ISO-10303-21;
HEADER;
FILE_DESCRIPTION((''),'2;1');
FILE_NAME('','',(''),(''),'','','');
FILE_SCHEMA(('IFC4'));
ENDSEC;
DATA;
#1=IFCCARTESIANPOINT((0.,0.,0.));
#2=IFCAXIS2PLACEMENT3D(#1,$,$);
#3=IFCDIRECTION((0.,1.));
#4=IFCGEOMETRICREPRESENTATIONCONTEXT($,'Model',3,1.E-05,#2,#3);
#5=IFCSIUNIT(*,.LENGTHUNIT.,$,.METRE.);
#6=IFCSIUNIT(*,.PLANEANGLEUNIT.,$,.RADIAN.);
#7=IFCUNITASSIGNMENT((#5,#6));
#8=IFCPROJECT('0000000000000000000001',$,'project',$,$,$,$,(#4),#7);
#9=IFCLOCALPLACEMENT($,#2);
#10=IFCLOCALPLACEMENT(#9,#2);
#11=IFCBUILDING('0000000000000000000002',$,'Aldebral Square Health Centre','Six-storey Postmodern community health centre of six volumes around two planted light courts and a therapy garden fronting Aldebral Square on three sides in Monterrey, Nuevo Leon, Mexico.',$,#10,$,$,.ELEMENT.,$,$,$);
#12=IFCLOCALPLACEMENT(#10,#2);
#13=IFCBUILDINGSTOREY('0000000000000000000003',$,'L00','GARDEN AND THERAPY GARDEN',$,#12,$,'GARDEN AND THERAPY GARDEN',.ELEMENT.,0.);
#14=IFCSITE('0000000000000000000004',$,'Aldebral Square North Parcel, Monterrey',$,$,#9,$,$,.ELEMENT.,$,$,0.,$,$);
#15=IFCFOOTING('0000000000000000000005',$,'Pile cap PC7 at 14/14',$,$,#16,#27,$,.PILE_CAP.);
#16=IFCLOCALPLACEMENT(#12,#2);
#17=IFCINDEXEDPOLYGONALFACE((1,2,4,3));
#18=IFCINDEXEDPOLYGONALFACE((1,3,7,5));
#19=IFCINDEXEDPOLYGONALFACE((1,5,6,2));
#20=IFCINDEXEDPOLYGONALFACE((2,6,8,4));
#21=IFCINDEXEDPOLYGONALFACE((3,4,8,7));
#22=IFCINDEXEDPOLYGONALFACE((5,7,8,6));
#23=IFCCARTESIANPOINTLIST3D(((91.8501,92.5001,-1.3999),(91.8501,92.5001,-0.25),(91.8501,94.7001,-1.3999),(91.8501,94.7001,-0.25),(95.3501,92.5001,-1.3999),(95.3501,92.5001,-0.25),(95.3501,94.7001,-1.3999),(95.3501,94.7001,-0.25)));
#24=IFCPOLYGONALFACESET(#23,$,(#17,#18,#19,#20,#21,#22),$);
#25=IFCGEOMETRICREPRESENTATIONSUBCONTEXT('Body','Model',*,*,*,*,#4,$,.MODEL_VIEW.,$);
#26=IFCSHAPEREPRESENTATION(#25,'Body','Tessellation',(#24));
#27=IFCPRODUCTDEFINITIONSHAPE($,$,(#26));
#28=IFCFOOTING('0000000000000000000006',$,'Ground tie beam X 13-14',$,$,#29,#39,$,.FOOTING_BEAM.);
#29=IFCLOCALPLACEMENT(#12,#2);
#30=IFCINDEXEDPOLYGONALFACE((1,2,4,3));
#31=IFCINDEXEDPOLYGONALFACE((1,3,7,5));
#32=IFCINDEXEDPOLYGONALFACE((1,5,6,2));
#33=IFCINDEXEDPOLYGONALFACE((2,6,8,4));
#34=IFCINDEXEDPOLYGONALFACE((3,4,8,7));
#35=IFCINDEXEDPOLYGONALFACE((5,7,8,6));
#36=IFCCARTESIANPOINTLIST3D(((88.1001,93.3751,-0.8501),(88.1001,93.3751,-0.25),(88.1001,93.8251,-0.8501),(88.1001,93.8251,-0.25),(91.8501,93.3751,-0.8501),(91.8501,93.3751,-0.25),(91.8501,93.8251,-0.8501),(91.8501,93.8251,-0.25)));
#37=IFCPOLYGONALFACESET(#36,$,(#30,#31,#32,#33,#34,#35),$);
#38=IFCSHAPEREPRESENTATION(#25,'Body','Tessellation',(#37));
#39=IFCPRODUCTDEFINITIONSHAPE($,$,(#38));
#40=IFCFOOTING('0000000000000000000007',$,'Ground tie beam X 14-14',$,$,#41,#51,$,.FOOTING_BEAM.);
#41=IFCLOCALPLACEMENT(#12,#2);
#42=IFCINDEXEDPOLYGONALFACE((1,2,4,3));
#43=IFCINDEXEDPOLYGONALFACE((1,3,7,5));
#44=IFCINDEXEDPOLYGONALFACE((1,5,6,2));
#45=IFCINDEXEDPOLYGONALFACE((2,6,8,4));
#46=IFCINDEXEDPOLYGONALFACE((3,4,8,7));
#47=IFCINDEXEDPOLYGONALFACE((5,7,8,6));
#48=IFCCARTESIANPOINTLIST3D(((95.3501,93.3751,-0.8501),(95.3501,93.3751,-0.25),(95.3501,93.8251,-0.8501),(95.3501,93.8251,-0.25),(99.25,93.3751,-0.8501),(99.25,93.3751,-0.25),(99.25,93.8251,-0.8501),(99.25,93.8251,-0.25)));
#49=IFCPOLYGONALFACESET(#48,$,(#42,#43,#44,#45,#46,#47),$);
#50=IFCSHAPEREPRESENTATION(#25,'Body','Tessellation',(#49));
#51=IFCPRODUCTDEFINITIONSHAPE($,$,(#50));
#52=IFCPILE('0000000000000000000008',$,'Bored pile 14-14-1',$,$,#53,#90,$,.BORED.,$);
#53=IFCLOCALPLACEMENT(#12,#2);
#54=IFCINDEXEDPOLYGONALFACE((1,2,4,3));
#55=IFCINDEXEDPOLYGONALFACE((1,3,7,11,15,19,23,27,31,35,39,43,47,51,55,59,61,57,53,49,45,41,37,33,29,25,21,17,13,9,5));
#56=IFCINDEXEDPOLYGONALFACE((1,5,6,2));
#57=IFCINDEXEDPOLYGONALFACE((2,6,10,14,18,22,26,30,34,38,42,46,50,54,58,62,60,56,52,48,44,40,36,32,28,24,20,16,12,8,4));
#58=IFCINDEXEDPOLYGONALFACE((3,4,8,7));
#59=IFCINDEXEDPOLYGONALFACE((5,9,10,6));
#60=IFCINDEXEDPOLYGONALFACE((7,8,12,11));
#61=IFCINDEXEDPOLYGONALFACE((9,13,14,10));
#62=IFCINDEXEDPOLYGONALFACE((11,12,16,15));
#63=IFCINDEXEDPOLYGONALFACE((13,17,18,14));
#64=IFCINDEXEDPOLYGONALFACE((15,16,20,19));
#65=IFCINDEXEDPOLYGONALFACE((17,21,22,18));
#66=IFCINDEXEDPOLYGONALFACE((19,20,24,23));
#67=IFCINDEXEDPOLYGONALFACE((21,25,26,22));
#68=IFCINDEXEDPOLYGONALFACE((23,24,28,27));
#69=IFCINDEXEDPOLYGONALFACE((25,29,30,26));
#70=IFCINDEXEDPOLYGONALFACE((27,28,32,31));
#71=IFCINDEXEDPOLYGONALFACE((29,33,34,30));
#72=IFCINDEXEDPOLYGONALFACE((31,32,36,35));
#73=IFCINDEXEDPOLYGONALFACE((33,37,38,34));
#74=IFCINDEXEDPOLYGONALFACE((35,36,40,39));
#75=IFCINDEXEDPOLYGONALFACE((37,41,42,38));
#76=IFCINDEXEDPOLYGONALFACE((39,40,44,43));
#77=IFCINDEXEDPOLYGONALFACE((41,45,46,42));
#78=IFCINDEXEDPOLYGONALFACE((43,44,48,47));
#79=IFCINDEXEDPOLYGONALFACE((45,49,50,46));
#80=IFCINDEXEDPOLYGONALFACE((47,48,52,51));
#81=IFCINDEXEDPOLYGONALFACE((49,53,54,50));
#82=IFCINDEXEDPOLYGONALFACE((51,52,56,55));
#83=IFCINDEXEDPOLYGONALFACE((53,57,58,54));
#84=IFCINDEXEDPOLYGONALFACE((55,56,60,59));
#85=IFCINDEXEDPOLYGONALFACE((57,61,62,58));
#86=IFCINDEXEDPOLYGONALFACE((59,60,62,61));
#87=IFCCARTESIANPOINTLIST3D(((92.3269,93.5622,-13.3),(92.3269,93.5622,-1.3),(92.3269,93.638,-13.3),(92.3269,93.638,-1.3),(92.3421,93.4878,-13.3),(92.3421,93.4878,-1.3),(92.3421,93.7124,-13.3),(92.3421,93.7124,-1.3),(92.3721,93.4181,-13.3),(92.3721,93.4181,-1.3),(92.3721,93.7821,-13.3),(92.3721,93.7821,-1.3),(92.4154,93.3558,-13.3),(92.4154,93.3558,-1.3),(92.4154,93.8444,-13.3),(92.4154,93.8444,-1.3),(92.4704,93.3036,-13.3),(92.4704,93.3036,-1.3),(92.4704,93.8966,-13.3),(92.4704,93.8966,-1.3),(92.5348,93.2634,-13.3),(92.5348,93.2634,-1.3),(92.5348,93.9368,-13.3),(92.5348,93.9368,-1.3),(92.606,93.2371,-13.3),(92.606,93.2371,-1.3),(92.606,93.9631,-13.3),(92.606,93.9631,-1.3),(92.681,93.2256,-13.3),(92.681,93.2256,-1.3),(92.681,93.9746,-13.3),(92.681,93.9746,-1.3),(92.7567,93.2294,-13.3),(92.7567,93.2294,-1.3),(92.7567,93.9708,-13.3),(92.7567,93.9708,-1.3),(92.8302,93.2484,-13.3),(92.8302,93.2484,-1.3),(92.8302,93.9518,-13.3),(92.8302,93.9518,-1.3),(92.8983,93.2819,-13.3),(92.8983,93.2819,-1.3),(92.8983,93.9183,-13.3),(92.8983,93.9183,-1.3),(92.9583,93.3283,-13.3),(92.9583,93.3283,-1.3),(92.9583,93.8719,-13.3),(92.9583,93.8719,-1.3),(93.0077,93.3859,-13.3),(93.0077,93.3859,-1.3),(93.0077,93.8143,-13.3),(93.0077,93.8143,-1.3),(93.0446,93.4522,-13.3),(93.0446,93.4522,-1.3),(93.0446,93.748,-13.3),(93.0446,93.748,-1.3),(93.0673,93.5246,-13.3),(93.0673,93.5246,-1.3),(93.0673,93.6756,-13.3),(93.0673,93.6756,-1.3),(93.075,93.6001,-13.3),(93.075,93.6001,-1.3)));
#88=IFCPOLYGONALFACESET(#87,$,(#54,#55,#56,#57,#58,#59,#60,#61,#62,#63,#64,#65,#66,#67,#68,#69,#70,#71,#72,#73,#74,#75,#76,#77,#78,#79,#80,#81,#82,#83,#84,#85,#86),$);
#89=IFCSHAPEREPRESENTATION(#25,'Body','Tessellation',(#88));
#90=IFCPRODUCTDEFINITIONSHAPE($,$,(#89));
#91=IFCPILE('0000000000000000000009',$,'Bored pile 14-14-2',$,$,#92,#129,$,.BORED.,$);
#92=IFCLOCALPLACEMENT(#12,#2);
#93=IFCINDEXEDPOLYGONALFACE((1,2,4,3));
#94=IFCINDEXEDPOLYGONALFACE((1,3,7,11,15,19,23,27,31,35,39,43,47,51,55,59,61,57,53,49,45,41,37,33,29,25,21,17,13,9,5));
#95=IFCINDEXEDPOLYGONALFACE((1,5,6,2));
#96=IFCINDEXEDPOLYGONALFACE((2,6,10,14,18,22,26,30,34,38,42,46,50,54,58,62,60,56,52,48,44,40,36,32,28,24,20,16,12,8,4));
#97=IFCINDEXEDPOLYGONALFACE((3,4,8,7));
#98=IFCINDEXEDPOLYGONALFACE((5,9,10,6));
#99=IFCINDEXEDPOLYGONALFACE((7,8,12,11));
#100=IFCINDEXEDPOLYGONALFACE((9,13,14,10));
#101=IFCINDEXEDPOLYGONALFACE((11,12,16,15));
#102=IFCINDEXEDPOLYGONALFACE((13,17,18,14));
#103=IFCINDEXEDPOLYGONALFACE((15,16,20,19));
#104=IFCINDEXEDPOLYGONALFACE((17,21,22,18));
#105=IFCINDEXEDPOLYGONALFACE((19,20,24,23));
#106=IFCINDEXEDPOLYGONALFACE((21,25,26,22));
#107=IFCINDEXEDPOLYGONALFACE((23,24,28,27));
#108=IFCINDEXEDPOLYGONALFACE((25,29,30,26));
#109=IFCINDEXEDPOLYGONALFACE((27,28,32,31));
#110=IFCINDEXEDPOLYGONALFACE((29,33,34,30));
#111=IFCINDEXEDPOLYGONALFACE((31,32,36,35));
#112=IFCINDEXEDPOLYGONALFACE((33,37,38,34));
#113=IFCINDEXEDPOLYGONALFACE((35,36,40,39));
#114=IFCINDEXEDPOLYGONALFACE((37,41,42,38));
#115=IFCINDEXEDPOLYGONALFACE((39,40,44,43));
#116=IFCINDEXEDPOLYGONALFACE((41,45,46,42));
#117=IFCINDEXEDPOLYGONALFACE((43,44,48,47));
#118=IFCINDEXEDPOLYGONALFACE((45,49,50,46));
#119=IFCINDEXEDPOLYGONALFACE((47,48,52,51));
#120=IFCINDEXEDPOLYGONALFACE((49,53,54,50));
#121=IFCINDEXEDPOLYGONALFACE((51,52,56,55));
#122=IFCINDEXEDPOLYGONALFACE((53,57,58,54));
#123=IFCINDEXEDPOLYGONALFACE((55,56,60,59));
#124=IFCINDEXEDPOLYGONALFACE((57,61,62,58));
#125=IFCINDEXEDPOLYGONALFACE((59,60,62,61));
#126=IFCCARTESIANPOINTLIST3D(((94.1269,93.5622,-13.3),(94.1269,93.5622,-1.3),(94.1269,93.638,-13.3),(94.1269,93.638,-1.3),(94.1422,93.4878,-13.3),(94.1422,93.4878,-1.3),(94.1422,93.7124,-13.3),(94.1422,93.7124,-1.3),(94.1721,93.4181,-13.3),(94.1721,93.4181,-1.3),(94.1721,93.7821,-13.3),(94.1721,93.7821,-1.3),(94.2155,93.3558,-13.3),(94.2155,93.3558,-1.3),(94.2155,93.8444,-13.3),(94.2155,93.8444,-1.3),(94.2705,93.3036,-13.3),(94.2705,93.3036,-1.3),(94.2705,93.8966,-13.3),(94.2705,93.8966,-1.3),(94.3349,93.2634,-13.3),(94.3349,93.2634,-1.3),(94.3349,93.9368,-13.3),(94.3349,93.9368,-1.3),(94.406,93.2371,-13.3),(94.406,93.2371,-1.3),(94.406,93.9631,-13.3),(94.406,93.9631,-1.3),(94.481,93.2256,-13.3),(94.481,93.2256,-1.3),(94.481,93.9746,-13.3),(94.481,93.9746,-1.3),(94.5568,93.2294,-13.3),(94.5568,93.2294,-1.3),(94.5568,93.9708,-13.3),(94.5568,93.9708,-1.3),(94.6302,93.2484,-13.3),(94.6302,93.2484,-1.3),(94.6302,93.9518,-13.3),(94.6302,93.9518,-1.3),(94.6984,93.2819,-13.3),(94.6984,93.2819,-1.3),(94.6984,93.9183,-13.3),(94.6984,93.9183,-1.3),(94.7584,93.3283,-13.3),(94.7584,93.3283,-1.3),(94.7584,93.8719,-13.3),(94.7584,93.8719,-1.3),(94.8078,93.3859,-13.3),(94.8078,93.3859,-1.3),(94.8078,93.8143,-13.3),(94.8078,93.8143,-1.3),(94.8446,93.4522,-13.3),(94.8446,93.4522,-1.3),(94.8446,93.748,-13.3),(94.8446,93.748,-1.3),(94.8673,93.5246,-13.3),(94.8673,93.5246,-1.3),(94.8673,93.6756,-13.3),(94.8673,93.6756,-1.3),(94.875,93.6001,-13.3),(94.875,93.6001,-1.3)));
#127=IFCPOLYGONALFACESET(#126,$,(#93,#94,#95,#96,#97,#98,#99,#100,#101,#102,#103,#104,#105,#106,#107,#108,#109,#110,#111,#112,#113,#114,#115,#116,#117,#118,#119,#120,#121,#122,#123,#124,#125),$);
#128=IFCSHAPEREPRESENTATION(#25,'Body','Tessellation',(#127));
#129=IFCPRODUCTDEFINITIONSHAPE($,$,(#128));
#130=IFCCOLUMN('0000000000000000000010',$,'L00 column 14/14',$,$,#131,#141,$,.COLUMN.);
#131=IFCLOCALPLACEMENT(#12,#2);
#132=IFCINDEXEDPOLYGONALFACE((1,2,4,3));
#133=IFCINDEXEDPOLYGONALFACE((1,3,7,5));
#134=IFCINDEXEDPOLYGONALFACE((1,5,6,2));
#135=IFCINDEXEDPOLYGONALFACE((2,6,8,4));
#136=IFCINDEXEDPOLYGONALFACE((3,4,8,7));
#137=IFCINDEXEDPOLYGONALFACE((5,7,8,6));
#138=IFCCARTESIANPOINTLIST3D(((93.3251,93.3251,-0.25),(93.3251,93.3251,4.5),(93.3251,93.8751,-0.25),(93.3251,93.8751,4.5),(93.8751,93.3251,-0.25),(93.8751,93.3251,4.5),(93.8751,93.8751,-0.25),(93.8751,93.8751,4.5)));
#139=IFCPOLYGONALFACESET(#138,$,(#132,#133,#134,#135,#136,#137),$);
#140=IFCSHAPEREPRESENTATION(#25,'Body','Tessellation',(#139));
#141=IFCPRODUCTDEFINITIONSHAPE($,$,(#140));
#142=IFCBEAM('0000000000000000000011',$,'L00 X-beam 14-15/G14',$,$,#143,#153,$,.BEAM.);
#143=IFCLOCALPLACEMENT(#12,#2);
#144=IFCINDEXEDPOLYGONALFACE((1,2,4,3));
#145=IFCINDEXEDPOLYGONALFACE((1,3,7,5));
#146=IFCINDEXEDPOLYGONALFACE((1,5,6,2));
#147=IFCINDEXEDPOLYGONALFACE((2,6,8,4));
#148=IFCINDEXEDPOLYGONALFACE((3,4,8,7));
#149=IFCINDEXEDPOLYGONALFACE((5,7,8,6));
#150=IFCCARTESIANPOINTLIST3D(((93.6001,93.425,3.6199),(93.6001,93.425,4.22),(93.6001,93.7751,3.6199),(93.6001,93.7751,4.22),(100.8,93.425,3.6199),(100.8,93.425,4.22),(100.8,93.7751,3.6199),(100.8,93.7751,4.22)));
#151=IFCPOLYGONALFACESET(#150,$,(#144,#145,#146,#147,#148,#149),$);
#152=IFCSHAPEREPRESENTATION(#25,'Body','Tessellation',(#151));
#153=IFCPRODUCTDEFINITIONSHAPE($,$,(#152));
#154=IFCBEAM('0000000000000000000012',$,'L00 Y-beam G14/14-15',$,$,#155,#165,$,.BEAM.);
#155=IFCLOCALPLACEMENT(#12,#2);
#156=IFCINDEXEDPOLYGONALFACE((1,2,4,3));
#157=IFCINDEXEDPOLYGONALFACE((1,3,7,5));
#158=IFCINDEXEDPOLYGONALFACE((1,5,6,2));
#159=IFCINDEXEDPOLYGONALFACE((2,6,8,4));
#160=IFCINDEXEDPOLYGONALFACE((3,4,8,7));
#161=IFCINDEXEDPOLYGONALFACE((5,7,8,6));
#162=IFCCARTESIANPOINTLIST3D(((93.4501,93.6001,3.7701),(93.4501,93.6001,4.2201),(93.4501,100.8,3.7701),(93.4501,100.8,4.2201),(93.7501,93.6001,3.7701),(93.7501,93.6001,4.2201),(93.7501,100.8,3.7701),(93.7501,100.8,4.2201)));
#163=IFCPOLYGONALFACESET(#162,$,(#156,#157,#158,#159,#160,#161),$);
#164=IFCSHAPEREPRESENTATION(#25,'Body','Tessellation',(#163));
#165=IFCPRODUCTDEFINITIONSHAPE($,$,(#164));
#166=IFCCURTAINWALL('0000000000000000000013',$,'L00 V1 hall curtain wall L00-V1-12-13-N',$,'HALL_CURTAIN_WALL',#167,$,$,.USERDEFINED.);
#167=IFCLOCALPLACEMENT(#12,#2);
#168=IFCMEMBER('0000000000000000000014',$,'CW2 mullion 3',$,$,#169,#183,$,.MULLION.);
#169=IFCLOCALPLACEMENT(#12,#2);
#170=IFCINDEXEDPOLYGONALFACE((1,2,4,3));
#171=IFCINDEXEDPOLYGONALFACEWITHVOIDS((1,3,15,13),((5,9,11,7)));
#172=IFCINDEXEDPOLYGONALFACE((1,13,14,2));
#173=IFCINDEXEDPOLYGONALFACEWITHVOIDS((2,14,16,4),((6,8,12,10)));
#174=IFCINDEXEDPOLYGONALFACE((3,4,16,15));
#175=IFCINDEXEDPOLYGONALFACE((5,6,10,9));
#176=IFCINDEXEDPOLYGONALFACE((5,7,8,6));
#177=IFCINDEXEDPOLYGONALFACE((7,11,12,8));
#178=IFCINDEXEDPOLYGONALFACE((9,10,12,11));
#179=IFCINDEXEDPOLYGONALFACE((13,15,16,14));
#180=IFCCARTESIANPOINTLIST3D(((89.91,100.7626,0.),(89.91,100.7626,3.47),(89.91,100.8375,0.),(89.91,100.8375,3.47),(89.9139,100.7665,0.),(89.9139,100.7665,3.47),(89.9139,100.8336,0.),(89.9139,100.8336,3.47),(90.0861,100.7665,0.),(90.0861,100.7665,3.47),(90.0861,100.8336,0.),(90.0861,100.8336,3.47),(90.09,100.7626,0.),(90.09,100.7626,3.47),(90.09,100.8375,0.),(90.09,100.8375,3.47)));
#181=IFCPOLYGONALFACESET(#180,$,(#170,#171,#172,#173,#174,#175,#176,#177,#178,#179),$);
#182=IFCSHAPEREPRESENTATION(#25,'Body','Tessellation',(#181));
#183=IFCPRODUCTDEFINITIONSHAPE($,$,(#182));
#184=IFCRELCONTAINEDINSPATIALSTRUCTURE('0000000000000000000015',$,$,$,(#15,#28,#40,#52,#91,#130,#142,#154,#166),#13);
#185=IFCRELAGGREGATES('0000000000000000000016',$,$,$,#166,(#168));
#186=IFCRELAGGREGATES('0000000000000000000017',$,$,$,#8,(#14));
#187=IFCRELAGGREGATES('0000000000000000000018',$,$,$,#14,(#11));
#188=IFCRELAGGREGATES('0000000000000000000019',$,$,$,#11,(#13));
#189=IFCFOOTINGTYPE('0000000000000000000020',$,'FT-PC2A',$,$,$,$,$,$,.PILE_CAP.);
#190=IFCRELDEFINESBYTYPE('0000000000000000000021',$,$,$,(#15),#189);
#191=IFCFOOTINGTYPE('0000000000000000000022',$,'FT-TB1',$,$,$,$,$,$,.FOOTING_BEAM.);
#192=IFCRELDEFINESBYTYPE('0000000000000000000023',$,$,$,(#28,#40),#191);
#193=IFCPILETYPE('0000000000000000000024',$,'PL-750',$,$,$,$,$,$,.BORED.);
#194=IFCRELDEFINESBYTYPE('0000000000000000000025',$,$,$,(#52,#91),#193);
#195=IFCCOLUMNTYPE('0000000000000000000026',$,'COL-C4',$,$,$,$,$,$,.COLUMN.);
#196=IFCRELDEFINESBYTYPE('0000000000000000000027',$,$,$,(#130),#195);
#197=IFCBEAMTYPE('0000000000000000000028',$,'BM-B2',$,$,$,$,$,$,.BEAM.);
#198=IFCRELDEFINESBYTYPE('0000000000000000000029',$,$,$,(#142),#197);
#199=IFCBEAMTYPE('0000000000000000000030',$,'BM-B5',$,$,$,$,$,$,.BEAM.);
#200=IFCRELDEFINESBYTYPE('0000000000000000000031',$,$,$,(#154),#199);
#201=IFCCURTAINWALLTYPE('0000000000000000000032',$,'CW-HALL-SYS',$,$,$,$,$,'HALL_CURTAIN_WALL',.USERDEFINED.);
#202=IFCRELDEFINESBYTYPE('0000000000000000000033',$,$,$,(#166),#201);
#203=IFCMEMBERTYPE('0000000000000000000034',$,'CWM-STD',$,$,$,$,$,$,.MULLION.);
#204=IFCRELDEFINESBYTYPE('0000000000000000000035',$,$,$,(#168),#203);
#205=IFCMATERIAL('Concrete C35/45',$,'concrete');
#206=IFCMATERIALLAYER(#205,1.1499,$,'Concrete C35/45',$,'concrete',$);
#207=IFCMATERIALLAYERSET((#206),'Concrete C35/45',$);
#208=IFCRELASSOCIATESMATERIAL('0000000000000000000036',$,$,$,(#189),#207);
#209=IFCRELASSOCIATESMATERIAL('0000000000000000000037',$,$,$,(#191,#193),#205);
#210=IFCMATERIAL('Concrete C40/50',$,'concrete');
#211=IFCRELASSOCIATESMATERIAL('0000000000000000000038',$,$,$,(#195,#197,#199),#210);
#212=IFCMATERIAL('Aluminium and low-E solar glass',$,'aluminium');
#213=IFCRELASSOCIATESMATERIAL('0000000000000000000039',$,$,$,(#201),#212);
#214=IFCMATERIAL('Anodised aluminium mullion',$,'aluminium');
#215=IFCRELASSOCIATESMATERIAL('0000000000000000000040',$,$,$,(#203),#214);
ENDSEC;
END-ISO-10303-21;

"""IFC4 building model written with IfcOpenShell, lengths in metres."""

from ifc_helpers import new_model, si_unit, direction, frame, origin, origin_2d, place, context, subcontext, project, spatial, rectangle, hollow_rectangle, circle, extrude, material, layer, layer_set, material_profile, profile_set, type_object, element, aggregate, save


model = new_model("IFC4")

# Units and contexts
model_context = context("Model", 3, precision=1e-05, world=origin(), true_north=direction((0.0, 1.0)))
body_context = subcontext(model_context, "Body", "Model", "MODEL_VIEW")
ifc_project = project(units=[si_unit("LENGTHUNIT", "METRE"), si_unit("PLANEANGLEUNIT", "RADIAN")], contexts=[model_context])

# Site, building, storey
site_placement = place(None, origin())
site = spatial("IfcSite", under=ifc_project, at=site_placement, Name="Aldebral Square North Parcel, Monterrey", CompositionType="ELEMENT", RefElevation=0.0)
building_placement = place(site_placement, origin())
building = spatial("IfcBuilding", under=site, at=building_placement, Name="Aldebral Square Health Centre", Description="Six-storey Postmodern community health centre of six volumes around two planted light courts and a therapy garden fronting Aldebral Square on three sides in Monterrey, Nuevo Leon, Mexico.", CompositionType="ELEMENT")
storey_placement = place(building_placement, origin())
storey = spatial("IfcBuildingStorey", under=building, at=storey_placement, Name="L00", Description="GARDEN AND THERAPY GARDEN", LongName="GARDEN AND THERAPY GARDEN", CompositionType="ELEMENT", Elevation=0.0)

# Footings
ifc_material_1 = material(Name="Concrete C35/45", Category="concrete")
ifc_layer_1 = layer(ifc_material_1, 1.1499, Name="Concrete C35/45", Category="concrete")
ifc_layer_set_1 = layer_set([ifc_layer_1], Name="Concrete C35/45")
footing_type_1 = type_object("IfcFootingType", Name="FT-PC2A", PredefinedType="PILE_CAP", material=ifc_layer_set_1)
footing_1_placement = place(storey_placement, frame((93.6001, 93.6001, -1.3999), z_axis=(0.0, 0.0, 1.0), x_axis=(1.0, 0.0, 0.0)))
element("IfcFooting", 1, at=footing_1_placement, inside=storey, type_object=footing_type_1, Name="Pile cap PC7 at 14/14", PredefinedType="PILE_CAP", context=body_context, shape_type="SweptSolid", body=[
    extrude(rectangle(XDim=3.5, YDim=2.2, at=origin_2d()), origin(), (0.0, 0.0, 1.0), 1.1499),
])
ifc_material_profile_1 = material_profile(ifc_material_1, rectangle(XDim=0.45, YDim=0.6001, at=origin_2d()), Name="RC 450x600")
ifc_profile_set_1 = profile_set([ifc_material_profile_1], Name="Concrete C35/45")
footing_type_2 = type_object("IfcFootingType", Name="FT-TB1", PredefinedType="FOOTING_BEAM", material=ifc_profile_set_1)
footing_2_placement = place(storey_placement, frame((88.1001, 93.6001, -0.55), z_axis=(1.0, 0.0, 0.0), x_axis=(0.0, 1.0, 0.0)))
element("IfcFooting", 2, at=footing_2_placement, inside=storey, type_object=footing_type_2, Name="Ground tie beam X 13-14", PredefinedType="FOOTING_BEAM", context=body_context, shape_type="SweptSolid", body=[
    extrude(rectangle(XDim=0.45, YDim=0.6001, at=origin_2d()), origin(), (0.0, 0.0, 1.0), 3.75),
])
footing_3_placement = place(storey_placement, frame((95.3501, 93.6001, -0.55), z_axis=(1.0, 0.0, 0.0), x_axis=(0.0, 1.0, 0.0)))
element("IfcFooting", 3, at=footing_3_placement, inside=storey, type_object=footing_type_2, Name="Ground tie beam X 14-14", PredefinedType="FOOTING_BEAM", context=body_context, shape_type="SweptSolid", body=[
    extrude(rectangle(XDim=0.45, YDim=0.6001, at=origin_2d()), origin(), (0.0, 0.0, 1.0), 3.8999),
])

# Piles
ifc_material_profile_2 = material_profile(ifc_material_1, circle(Radius=0.375, at=origin_2d()), Name="PILE D750")
ifc_profile_set_2 = profile_set([ifc_material_profile_2], Name="Concrete C35/45")
pile_type = type_object("IfcPileType", Name="PL-750", PredefinedType="BORED", material=ifc_profile_set_2)
for number, where, z_axis, x_axis, name in (
    (4, (92.7, 93.6001, -1.3), (0.0, 0.0, -1.0), (1.0, 0.0, 0.0), "Bored pile 14-14-1"),
    (5, (94.5, 93.6001, -1.3), (0.0, 0.0, -1.0), (1.0, 0.0, 0.0), "Bored pile 14-14-2"),
):
    element("IfcPile", number, at=place(storey_placement, frame(where, z_axis=z_axis, x_axis=x_axis)), inside=storey, type_object=pile_type, Name=name, PredefinedType="BORED", context=body_context, shape_type="SweptSolid", body=[
        extrude(circle(Radius=0.375, at=origin_2d()), origin(), (0.0, 0.0, 1.0), 12.0),
    ])

# Column
ifc_material_2 = material(Name="Concrete C40/50", Category="concrete")
ifc_material_profile_3 = material_profile(ifc_material_2, rectangle(XDim=0.55, YDim=0.55, at=origin_2d()), Name="RC 550x550")
ifc_profile_set_3 = profile_set([ifc_material_profile_3], Name="Concrete C40/50")
column_type = type_object("IfcColumnType", Name="COL-C4", PredefinedType="COLUMN", material=ifc_profile_set_3)
column_placement = place(storey_placement, frame((93.6001, 93.6001, -0.25), z_axis=(0.0, 0.0, 1.0), x_axis=(1.0, 0.0, 0.0)))
element("IfcColumn", 6, at=column_placement, inside=storey, type_object=column_type, Name="L00 column 14/14", PredefinedType="COLUMN", context=body_context, shape_type="SweptSolid", body=[
    extrude(rectangle(XDim=0.55, YDim=0.55, at=origin_2d()), origin(), (0.0, 0.0, 1.0), 4.75),
])

# Beams
ifc_material_profile_4 = material_profile(ifc_material_2, rectangle(XDim=0.3501, YDim=0.6001, at=origin_2d()), Name="RC 350x600")
ifc_profile_set_4 = profile_set([ifc_material_profile_4], Name="Concrete C40/50")
beam_type_1 = type_object("IfcBeamType", Name="BM-B2", PredefinedType="BEAM", material=ifc_profile_set_4)
beam_1_placement = place(storey_placement, frame((93.6001, 93.6001, 3.9199), z_axis=(1.0, 0.0, 0.0), x_axis=(0.0, 1.0, 0.0)))
element("IfcBeam", 7, at=beam_1_placement, inside=storey, type_object=beam_type_1, Name="L00 X-beam 14-15/G14", PredefinedType="BEAM", context=body_context, shape_type="SweptSolid", body=[
    extrude(rectangle(XDim=0.3501, YDim=0.6001, at=origin_2d()), origin(), (0.0, 0.0, 1.0), 7.2),
])
ifc_material_profile_5 = material_profile(ifc_material_2, rectangle(XDim=0.3, YDim=0.45, at=origin_2d()), Name="RC 300x450")
ifc_profile_set_5 = profile_set([ifc_material_profile_5], Name="Concrete C40/50")
beam_type_2 = type_object("IfcBeamType", Name="BM-B5", PredefinedType="BEAM", material=ifc_profile_set_5)
beam_2_placement = place(storey_placement, frame((93.6001, 93.6001, 3.9951), z_axis=(0.0, 1.0, 0.0), x_axis=(-1.0, 0.0, 0.0)))
element("IfcBeam", 8, at=beam_2_placement, inside=storey, type_object=beam_type_2, Name="L00 Y-beam G14/14-15", PredefinedType="BEAM", context=body_context, shape_type="SweptSolid", body=[
    extrude(rectangle(XDim=0.3, YDim=0.45, at=origin_2d()), origin(), (0.0, 0.0, 1.0), 7.2),
])

# Curtain wall, member
ifc_material_3 = material(Name="Aluminium and low-E solar glass", Category="aluminium")
curtain_wall_type = type_object("IfcCurtainWallType", Name="CW-HALL-SYS", ElementType="HALL_CURTAIN_WALL", PredefinedType="USERDEFINED", material=ifc_material_3)
curtain_wall_placement = place(storey_placement, origin())
curtain_wall = element("IfcCurtainWall", 9, at=curtain_wall_placement, inside=storey, type_object=curtain_wall_type, Name="L00 V1 hall curtain wall L00-V1-12-13-N", ObjectType="HALL_CURTAIN_WALL", PredefinedType="USERDEFINED")
ifc_material_4 = material(Name="Anodised aluminium mullion", Category="aluminium")
ifc_material_profile_6 = material_profile(ifc_material_4, hollow_rectangle(XDim=0.075, YDim=0.1799, WallThickness=0.0039, at=origin_2d()), Name="CWM 75x180x4")
ifc_profile_set_6 = profile_set([ifc_material_profile_6], Name="Anodised aluminium mullion")
member_type_1 = type_object("IfcMemberType", Name="CWM-STD", PredefinedType="MULLION", material=ifc_profile_set_6)
member_1_placement = place(storey_placement, frame((90.0, 100.8, 0.0), z_axis=(0.0, 0.0, 1.0), x_axis=(0.0, -1.0, 0.0)))
member_1 = element("IfcMember", 10, at=member_1_placement, type_object=member_type_1, Name="CW2 mullion 3", PredefinedType="MULLION", context=body_context, shape_type="SweptSolid", body=[
    extrude(hollow_rectangle(XDim=0.075, YDim=0.1799, WallThickness=0.0039, at=origin_2d()), origin(), (0.0, 0.0, 1.0), 3.47),
])
aggregate(curtain_wall, [member_1])

save(model, "model.ifc")
